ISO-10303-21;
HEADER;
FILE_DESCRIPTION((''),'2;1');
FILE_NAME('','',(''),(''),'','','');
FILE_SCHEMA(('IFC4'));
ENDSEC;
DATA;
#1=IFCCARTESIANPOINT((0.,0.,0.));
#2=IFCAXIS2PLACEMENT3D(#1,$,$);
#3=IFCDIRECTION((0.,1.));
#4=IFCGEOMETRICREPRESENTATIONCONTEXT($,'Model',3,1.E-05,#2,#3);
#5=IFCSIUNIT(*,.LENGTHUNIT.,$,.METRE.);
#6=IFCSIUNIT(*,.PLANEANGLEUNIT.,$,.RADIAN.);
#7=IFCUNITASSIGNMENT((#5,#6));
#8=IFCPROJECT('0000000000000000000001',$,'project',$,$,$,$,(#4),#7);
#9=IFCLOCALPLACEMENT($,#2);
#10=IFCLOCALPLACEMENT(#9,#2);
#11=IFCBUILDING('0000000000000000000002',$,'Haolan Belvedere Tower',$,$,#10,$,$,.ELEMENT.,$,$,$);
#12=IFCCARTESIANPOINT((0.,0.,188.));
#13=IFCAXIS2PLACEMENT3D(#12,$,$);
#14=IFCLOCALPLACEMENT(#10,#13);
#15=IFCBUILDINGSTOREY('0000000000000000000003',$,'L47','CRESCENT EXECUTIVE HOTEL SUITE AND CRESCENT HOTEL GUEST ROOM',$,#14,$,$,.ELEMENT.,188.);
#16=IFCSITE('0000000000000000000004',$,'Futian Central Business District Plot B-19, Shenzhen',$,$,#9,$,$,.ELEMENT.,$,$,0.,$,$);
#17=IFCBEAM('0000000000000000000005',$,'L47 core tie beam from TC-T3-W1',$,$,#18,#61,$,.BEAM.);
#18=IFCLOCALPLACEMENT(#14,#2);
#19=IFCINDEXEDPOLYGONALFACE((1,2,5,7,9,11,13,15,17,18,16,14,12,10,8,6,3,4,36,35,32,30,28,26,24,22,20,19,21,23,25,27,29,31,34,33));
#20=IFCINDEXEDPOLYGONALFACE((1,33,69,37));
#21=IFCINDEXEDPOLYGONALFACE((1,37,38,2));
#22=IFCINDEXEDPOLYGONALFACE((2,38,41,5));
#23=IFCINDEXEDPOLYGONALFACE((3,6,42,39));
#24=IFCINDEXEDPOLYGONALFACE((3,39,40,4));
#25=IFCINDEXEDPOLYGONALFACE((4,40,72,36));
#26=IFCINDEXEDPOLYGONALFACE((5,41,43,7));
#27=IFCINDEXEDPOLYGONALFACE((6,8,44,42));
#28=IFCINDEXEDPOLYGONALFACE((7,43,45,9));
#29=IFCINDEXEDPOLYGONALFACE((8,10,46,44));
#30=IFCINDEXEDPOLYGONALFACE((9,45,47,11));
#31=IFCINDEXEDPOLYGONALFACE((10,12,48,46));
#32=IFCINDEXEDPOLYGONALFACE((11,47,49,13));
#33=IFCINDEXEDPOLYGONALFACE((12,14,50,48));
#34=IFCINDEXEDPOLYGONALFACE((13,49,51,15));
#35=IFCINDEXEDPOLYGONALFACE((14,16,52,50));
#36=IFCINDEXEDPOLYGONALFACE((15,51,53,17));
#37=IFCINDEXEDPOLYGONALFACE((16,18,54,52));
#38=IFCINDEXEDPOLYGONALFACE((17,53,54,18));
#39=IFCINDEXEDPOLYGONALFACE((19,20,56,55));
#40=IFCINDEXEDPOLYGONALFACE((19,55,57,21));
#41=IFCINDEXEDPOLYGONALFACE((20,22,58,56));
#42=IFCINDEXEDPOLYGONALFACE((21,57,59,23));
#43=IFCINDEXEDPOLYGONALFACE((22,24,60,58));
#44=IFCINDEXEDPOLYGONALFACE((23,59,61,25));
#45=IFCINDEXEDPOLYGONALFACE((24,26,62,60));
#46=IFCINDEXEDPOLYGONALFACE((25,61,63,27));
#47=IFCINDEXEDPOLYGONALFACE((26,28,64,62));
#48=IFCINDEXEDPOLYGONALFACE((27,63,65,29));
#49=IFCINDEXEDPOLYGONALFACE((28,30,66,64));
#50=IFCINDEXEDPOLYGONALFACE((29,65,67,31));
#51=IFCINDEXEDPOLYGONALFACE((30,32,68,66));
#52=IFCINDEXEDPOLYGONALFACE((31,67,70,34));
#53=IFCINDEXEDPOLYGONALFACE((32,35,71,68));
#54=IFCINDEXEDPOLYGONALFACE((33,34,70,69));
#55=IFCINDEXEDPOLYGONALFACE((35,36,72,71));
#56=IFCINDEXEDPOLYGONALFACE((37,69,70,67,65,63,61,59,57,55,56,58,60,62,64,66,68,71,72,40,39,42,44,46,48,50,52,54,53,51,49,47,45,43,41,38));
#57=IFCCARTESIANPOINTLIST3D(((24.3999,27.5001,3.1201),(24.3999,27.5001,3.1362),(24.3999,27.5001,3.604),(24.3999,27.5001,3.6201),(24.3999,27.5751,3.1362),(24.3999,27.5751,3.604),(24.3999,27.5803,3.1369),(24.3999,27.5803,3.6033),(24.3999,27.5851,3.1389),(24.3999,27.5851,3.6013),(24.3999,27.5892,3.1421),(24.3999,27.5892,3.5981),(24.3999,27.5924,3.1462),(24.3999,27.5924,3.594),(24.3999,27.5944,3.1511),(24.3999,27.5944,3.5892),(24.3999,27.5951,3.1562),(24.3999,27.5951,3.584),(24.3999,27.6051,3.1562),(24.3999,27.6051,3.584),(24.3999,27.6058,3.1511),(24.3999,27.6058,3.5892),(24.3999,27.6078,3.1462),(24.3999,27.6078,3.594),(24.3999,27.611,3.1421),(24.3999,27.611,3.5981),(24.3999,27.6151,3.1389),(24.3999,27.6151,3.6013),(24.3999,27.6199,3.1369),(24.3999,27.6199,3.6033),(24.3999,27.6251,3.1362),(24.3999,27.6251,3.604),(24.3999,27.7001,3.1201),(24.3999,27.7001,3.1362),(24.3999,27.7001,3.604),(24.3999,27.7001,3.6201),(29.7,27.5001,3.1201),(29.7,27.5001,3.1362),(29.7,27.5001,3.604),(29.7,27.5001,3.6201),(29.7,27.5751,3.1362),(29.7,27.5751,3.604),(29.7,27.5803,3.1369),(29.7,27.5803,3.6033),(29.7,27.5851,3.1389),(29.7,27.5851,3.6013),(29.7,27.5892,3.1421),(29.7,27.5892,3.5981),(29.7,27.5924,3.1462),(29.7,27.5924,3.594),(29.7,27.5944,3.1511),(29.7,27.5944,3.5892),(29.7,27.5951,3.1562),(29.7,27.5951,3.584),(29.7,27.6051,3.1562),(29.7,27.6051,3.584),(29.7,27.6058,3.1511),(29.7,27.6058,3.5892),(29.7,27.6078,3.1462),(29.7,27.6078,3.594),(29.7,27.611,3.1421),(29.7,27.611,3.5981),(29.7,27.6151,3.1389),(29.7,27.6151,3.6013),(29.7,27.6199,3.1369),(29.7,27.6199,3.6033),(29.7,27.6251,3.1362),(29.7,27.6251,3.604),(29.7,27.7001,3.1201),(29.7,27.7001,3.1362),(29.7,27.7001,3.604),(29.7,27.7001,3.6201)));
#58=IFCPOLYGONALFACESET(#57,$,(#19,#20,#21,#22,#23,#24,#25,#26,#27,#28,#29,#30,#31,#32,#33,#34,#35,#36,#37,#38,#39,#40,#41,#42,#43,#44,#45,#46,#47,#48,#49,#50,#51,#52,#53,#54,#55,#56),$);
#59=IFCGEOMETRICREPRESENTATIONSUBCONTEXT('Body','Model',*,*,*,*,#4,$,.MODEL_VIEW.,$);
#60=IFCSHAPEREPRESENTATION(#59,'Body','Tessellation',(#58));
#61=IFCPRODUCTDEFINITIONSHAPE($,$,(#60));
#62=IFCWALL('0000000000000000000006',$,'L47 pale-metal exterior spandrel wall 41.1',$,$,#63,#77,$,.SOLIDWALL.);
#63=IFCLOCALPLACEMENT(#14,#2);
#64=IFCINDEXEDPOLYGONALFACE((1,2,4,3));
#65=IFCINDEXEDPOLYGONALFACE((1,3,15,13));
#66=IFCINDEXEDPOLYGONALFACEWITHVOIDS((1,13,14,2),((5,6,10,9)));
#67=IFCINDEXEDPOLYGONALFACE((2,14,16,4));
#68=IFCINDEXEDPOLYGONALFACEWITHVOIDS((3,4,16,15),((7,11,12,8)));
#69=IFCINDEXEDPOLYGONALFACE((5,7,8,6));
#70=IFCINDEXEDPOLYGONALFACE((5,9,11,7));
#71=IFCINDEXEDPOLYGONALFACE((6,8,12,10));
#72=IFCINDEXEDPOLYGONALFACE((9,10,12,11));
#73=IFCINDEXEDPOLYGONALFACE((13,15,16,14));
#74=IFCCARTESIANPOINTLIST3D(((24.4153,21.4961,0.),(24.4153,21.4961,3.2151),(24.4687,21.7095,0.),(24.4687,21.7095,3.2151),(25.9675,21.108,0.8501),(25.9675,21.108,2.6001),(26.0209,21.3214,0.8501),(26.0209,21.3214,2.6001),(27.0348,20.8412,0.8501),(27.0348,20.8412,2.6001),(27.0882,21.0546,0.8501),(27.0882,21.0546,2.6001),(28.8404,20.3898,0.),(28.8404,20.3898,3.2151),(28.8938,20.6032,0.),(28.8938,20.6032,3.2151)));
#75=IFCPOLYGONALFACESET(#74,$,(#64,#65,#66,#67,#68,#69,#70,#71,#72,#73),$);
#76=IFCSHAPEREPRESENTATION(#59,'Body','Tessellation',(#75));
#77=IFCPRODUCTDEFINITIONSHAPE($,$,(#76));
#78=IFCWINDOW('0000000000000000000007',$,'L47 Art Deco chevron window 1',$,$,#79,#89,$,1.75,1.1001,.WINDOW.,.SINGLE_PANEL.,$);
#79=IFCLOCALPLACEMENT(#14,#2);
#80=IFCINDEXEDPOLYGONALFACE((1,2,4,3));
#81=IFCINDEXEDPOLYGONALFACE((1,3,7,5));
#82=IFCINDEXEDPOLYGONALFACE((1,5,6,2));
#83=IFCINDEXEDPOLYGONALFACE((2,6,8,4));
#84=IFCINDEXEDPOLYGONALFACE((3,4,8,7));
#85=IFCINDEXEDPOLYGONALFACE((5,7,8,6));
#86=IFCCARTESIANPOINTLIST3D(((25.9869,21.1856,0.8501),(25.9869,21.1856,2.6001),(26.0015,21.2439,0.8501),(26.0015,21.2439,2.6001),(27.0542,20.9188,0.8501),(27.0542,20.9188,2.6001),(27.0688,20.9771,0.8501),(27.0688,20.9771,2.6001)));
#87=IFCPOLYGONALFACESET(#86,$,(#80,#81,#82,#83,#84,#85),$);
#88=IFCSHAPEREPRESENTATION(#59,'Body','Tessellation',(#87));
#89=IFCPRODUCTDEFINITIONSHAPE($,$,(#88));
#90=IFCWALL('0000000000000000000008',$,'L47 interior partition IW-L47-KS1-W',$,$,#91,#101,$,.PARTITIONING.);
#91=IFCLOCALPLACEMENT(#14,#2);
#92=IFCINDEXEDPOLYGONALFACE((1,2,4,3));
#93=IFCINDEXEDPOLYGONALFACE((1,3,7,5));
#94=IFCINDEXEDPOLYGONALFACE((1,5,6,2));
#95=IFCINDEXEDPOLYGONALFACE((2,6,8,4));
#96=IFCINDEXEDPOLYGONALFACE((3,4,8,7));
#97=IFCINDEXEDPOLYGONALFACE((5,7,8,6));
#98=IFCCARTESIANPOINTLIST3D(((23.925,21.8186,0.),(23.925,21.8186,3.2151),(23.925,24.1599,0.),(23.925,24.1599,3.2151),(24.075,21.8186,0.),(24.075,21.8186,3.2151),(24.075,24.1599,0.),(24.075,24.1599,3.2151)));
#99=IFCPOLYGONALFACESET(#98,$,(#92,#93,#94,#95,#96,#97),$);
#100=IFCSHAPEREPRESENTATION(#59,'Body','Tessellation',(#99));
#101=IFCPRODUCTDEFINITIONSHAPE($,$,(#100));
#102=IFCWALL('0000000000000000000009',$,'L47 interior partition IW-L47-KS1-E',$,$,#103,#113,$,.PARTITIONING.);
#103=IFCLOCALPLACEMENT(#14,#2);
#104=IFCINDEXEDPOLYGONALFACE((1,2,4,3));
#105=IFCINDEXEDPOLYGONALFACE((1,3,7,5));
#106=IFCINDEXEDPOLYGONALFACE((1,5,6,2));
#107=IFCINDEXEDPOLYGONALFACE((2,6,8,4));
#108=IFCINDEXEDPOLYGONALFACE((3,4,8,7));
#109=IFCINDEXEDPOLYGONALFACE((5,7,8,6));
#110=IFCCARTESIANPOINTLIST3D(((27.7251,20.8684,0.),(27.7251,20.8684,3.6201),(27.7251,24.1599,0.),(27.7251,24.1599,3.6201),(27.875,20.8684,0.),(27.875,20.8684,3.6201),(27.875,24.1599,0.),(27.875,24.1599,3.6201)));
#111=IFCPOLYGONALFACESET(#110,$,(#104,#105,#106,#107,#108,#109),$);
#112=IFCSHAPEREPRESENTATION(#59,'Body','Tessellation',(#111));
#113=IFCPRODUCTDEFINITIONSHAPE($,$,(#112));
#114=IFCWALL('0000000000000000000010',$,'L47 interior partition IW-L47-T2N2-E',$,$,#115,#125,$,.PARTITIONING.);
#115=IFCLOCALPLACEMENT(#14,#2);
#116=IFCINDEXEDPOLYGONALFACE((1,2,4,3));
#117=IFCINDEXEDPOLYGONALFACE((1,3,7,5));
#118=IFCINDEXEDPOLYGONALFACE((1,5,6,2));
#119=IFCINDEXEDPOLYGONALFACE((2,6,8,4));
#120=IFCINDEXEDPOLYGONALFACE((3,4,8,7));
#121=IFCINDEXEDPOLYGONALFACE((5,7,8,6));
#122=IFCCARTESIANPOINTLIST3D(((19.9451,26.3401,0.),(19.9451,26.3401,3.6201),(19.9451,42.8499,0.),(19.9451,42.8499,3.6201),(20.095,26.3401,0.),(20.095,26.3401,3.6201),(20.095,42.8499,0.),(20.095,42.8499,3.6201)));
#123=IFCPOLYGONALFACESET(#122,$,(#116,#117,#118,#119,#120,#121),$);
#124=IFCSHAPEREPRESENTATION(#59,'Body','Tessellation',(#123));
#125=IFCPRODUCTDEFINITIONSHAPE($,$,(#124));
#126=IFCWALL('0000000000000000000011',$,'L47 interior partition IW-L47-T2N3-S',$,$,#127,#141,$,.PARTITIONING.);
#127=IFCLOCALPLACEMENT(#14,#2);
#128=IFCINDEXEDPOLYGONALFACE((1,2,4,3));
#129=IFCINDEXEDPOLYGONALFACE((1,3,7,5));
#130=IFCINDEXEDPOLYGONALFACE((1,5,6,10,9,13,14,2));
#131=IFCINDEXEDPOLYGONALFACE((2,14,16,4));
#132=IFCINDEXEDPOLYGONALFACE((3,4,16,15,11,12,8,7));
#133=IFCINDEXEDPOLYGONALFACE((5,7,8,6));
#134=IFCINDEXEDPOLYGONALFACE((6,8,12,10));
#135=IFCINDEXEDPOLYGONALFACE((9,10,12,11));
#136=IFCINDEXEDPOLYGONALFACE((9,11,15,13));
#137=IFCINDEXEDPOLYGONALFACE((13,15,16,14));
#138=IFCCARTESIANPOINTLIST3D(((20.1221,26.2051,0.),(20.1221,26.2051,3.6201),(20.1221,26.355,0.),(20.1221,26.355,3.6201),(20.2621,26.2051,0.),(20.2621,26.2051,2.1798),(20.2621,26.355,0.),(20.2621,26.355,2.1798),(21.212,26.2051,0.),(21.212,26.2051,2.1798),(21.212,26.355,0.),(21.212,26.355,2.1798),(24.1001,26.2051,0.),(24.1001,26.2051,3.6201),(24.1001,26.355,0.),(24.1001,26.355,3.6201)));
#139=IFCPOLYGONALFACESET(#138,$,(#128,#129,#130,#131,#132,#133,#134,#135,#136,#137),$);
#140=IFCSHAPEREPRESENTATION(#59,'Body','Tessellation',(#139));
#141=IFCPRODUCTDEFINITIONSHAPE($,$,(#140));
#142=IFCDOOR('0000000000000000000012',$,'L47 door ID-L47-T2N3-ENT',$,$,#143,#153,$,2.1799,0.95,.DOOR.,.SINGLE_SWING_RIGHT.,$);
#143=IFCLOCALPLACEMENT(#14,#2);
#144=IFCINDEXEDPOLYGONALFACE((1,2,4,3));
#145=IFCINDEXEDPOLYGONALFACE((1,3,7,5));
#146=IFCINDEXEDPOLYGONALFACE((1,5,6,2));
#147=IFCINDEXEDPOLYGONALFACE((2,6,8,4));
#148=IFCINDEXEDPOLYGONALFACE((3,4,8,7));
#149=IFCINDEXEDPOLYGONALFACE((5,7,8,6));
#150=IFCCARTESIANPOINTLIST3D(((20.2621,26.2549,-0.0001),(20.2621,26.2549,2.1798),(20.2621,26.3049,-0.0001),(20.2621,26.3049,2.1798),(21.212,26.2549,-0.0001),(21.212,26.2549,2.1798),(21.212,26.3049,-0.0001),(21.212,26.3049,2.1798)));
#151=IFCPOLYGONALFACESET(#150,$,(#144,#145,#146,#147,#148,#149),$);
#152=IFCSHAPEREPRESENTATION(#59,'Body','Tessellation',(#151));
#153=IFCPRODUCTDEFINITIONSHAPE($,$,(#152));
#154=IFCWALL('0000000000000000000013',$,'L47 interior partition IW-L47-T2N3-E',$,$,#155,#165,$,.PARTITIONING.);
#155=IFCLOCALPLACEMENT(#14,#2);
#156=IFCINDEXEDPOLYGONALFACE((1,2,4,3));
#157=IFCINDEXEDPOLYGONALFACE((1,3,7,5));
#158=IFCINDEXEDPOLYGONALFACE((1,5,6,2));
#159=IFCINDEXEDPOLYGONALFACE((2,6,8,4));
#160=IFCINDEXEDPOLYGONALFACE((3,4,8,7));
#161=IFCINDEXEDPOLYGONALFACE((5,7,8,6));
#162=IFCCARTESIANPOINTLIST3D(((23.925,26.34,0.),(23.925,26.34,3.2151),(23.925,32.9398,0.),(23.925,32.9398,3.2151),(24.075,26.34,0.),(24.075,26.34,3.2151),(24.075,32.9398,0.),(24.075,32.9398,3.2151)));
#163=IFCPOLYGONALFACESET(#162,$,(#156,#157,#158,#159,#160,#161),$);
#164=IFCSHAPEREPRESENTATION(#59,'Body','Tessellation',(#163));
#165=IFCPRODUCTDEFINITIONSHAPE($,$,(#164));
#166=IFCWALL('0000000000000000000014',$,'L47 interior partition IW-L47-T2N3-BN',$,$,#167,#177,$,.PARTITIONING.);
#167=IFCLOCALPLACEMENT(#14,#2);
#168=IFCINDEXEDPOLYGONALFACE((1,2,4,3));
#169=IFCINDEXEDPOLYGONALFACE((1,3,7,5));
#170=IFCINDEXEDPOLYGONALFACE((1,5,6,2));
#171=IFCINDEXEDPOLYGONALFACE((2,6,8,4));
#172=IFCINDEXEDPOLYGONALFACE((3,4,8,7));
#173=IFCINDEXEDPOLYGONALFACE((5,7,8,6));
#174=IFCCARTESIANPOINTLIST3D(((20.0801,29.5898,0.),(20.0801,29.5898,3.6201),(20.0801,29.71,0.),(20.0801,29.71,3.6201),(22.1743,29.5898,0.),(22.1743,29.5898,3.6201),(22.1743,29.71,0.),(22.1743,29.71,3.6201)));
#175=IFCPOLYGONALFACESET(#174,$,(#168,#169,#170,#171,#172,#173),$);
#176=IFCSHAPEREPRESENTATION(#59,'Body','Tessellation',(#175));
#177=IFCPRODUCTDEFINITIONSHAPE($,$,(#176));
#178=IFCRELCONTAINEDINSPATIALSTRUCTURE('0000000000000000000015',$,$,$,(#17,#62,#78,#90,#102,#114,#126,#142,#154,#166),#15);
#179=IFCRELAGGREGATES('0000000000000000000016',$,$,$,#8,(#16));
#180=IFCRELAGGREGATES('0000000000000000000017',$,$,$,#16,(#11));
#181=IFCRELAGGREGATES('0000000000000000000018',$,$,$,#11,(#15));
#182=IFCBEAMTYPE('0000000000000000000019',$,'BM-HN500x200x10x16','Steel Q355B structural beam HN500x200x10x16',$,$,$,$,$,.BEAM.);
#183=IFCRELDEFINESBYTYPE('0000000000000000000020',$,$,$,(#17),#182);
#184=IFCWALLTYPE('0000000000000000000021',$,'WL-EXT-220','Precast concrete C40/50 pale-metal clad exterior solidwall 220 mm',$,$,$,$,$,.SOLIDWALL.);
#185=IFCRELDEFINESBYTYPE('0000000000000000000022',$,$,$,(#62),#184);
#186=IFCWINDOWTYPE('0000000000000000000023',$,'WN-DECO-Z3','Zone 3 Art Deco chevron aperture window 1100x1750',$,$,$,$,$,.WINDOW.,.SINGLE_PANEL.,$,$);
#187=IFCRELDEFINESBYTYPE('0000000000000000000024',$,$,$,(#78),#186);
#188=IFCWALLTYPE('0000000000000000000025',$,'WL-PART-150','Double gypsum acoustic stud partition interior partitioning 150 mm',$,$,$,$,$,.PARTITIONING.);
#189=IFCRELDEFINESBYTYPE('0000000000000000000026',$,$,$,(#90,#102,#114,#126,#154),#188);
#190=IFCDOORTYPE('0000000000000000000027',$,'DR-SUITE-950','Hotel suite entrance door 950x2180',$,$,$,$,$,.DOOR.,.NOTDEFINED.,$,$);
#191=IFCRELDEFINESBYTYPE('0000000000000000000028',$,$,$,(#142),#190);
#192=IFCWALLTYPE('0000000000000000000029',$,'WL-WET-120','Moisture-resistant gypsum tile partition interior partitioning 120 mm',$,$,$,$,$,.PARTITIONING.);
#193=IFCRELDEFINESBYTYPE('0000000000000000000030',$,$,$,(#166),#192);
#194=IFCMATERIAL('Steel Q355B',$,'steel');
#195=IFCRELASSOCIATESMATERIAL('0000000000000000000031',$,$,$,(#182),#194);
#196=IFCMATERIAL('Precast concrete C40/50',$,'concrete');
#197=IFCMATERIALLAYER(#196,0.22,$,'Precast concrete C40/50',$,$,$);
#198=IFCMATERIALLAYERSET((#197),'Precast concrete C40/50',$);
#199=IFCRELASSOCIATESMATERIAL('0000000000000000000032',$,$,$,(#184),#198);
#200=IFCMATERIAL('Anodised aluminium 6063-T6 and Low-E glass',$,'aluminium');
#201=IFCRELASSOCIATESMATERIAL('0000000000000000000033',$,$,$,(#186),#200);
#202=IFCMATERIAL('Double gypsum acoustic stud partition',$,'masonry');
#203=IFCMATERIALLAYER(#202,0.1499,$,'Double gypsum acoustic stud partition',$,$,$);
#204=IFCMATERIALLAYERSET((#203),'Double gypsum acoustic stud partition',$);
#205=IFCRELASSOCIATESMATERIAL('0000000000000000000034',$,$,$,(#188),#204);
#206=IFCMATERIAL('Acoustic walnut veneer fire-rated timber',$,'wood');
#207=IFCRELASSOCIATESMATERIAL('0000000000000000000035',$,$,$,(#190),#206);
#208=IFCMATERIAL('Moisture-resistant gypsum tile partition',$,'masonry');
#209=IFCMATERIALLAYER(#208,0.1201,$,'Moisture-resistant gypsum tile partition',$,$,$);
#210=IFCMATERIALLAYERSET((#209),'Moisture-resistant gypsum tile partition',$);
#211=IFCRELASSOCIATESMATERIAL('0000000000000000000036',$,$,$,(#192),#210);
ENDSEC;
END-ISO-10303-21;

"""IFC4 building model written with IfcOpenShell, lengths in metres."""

from ifc_helpers import new_model, si_unit, direction, frame, frame_2d, origin, origin_2d, place, context, subcontext, project, spatial, rectangle, i_section, extrude, material, layer, layer_set, material_profile, profile_set, type_object, element, fill, save


model = new_model("IFC4")

# Units and contexts
model_context = context("Model", 3, precision=1e-05, world=origin(), true_north=direction((0.0, 1.0)))
body_context = subcontext(model_context, "Body", "Model", "MODEL_VIEW")
ifc_project = project(units=[si_unit("LENGTHUNIT", "METRE"), si_unit("PLANEANGLEUNIT", "RADIAN")], contexts=[model_context])

# Site, building, storey
site_placement = place(None, origin())
site = spatial("IfcSite", under=ifc_project, at=site_placement, Name="Futian Central Business District Plot B-19, Shenzhen", CompositionType="ELEMENT", RefElevation=0.0)
building_placement = place(site_placement, origin())
building = spatial("IfcBuilding", under=site, at=building_placement, Name="Haolan Belvedere Tower", CompositionType="ELEMENT")
storey_placement = place(building_placement, frame((0.0, 0.0, 188.0)))
storey = spatial("IfcBuildingStorey", under=building, at=storey_placement, Name="L47", Description="CRESCENT EXECUTIVE HOTEL SUITE AND CRESCENT HOTEL GUEST ROOM", CompositionType="ELEMENT", Elevation=188.0)

# Beam
ifc_material_1 = material(Name="Steel Q355B", Category="steel")
ifc_material_profile_1 = material_profile(ifc_material_1, i_section(OverallWidth=0.2, OverallDepth=0.5, WebThickness=0.01, FlangeThickness=0.0161, FilletRadius=0.02, at=origin_2d()), Name="Steel Q355B")
ifc_profile_set_1 = profile_set([ifc_material_profile_1], Name="Steel Q355B")
beam_type_1 = type_object("IfcBeamType", Name="BM-HN500x200x10x16", Description="Steel Q355B structural beam HN500x200x10x16", PredefinedType="BEAM", material=ifc_profile_set_1)
beam_1_placement = place(storey_placement, frame((24.3999, 27.6001, 3.3701), z_axis=(1.0, 0.0, 0.0), x_axis=(0.0, 1.0, 0.0)))
element("IfcBeam", 1, at=beam_1_placement, inside=storey, type_object=beam_type_1, Name="L47 core tie beam from TC-T3-W1", PredefinedType="BEAM", context=body_context, shape_type="SweptSolid", body=[
    extrude(i_section(OverallWidth=0.2, OverallDepth=0.5, WebThickness=0.01, FlangeThickness=0.0161, FilletRadius=0.02, at=origin_2d()), origin(), (0.0, 0.0, 1.0), 5.3),
])

# Wall, opening, window
ifc_material_2 = material(Name="Precast concrete C40/50", Category="concrete")
ifc_layer_1 = layer(ifc_material_2, 0.22, Name="Precast concrete C40/50")
ifc_layer_set_1 = layer_set([ifc_layer_1], Name="Precast concrete C40/50")
wall_type_1 = type_object("IfcWallType", Name="WL-EXT-220", Description="Precast concrete C40/50 pale-metal clad exterior solidwall 220 mm", PredefinedType="SOLIDWALL", material=ifc_layer_set_1)
wall_1_placement = place(storey_placement, frame((24.4419, 21.6028, 0.0), z_axis=(0.0, 0.0, 1.0), x_axis=(0.970146, -0.242523, 0.0)))
wall_1 = element("IfcWall", 2, at=wall_1_placement, inside=storey, type_object=wall_type_1, Name="L47 pale-metal exterior spandrel wall 41.1", PredefinedType="SOLIDWALL", context=body_context, shape_type="SweptSolid", body=[
    extrude(rectangle(XDim=4.5613, YDim=0.22, at=frame_2d((2.2808, 0.0))), origin(), (0.0, 0.0, 1.0), 3.2151),
])
opening_1_placement = place(wall_1_placement, frame((1.6001, 0.0, 0.8501)))
opening_1 = element("IfcOpeningElement", 3, at=opening_1_placement, cuts=wall_1, PredefinedType="OPENING", context=body_context, shape_type="SweptSolid", body=[
    extrude(rectangle(XDim=1.1001, YDim=1.75, at=frame_2d((0.55, 0.875))), frame((0.0, 0.1199, 0.0), z_axis=(0.0, -1.0, 0.0), x_axis=(1.0, 0.0, 0.0)), (0.0, 0.0, 1.0), 0.24),
])
ifc_material_3 = material(Name="Anodised aluminium 6063-T6 and Low-E glass", Category="aluminium")
window_type = type_object("IfcWindowType", Name="WN-DECO-Z3", Description="Zone 3 Art Deco chevron aperture window 1100x1750", PartitioningType="SINGLE_PANEL", PredefinedType="WINDOW", material=ifc_material_3)
window_placement = place(opening_1_placement, origin())
window = element("IfcWindow", 4, at=window_placement, inside=storey, type_object=window_type, Name="L47 Art Deco chevron window 1", OverallHeight=1.75, OverallWidth=1.1001, PartitioningType="SINGLE_PANEL", PredefinedType="WINDOW", context=body_context, shape_type="SweptSolid", body=[
    extrude(rectangle(XDim=1.1001, YDim=1.75, at=frame_2d((0.55, 0.875))), frame((0.0, 0.03, 0.0), z_axis=(0.0, -1.0, 0.0), x_axis=(1.0, 0.0, 0.0)), (0.0, 0.0, 1.0), 0.0601),
])
fill(opening_1, window)

# Shared definitions
ifc_material_4 = material(Name="Double gypsum acoustic stud partition", Category="masonry")
ifc_layer_2 = layer(ifc_material_4, 0.1499, Name="Double gypsum acoustic stud partition")
ifc_layer_set_2 = layer_set([ifc_layer_2], Name="Double gypsum acoustic stud partition")
wall_type_2 = type_object("IfcWallType", Name="WL-PART-150", Description="Double gypsum acoustic stud partition interior partitioning 150 mm", PredefinedType="PARTITIONING", material=ifc_layer_set_2)

# Walls
wall_2_placement = place(storey_placement, frame((24.0, 21.8186, 0.0), z_axis=(0.0, 0.0, 1.0), x_axis=(0.0, 1.0, 0.0)))
element("IfcWall", 5, at=wall_2_placement, inside=storey, type_object=wall_type_2, Name="L47 interior partition IW-L47-KS1-W", PredefinedType="PARTITIONING", context=body_context, shape_type="SweptSolid", body=[
    extrude(rectangle(XDim=2.3413, YDim=0.1499, at=frame_2d((1.1707, 0.0))), origin(), (0.0, 0.0, 1.0), 3.2151),
])
wall_3_placement = place(storey_placement, frame((27.8, 20.8684, 0.0), z_axis=(0.0, 0.0, 1.0), x_axis=(0.0, 1.0, 0.0)))
element("IfcWall", 6, at=wall_3_placement, inside=storey, type_object=wall_type_2, Name="L47 interior partition IW-L47-KS1-E", PredefinedType="PARTITIONING", context=body_context, shape_type="SweptSolid", body=[
    extrude(rectangle(XDim=3.2915, YDim=0.1499, at=frame_2d((1.6458, 0.0))), origin(), (0.0, 0.0, 1.0), 3.6201),
])

# Wall
wall_4_placement = place(storey_placement, frame((20.02, 26.3401, 0.0), z_axis=(0.0, 0.0, 1.0), x_axis=(0.0, 1.0, 0.0)))
element("IfcWall", 7, at=wall_4_placement, inside=storey, type_object=wall_type_2, Name="L47 interior partition IW-L47-T2N2-E", PredefinedType="PARTITIONING", context=body_context, shape_type="SweptSolid", body=[
    extrude(rectangle(XDim=16.5098, YDim=0.1499, at=frame_2d((8.2549, 0.0))), origin(), (0.0, 0.0, 1.0), 3.6201),
])

# Wall, opening, door
wall_5_placement = place(storey_placement, frame((20.1221, 26.28, 0.0), z_axis=(0.0, 0.0, 1.0), x_axis=(1.0, 0.0, 0.0)))
wall_5 = element("IfcWall", 8, at=wall_5_placement, inside=storey, type_object=wall_type_2, Name="L47 interior partition IW-L47-T2N3-S", PredefinedType="PARTITIONING", context=body_context, shape_type="SweptSolid", body=[
    extrude(rectangle(XDim=3.978, YDim=0.1499, at=frame_2d((1.989, 0.0))), origin(), (0.0, 0.0, 1.0), 3.6201),
])
opening_2_placement = place(wall_5_placement, frame((0.1399, 0.0, 0.0)))
opening_2 = element("IfcOpeningElement", 9, at=opening_2_placement, cuts=wall_5, PredefinedType="OPENING", context=body_context, shape_type="SweptSolid", body=[
    extrude(rectangle(XDim=0.95, YDim=2.1799, at=frame_2d((0.4751, 1.0898))), frame((0.0, 0.085, 0.0), z_axis=(0.0, -1.0, 0.0), x_axis=(1.0, 0.0, 0.0)), (0.0, 0.0, 1.0), 0.1699),
])
ifc_material_5 = material(Name="Acoustic walnut veneer fire-rated timber", Category="wood")
door_type_1 = type_object("IfcDoorType", Name="DR-SUITE-950", Description="Hotel suite entrance door 950x2180", OperationType="NOTDEFINED", PredefinedType="DOOR", material=ifc_material_5)
door_1_placement = place(opening_2_placement, origin())
door_1 = element("IfcDoor", 10, at=door_1_placement, inside=storey, type_object=door_type_1, Name="L47 door ID-L47-T2N3-ENT", OperationType="SINGLE_SWING_RIGHT", OverallHeight=2.1799, OverallWidth=0.95, PredefinedType="DOOR", context=body_context, shape_type="SweptSolid", body=[
    extrude(rectangle(XDim=0.95, YDim=2.1799, at=frame_2d((0.4751, 1.0898))), frame((0.0, 0.0249, 0.0), z_axis=(0.0, -1.0, 0.0), x_axis=(1.0, 0.0, 0.0)), (0.0, 0.0, 1.0), 0.05),
])
fill(opening_2, door_1)

# Wall
wall_6_placement = place(storey_placement, frame((24.0, 26.3401, 0.0), z_axis=(0.0, 0.0, 1.0), x_axis=(0.0, 1.0, 0.0)))
element("IfcWall", 11, at=wall_6_placement, inside=storey, type_object=wall_type_2, Name="L47 interior partition IW-L47-T2N3-E", PredefinedType="PARTITIONING", context=body_context, shape_type="SweptSolid", body=[
    extrude(rectangle(XDim=6.5999, YDim=0.1499, at=frame_2d((3.2998, 0.0))), origin(), (0.0, 0.0, 1.0), 3.2151),
])

# Wall
ifc_material_6 = material(Name="Moisture-resistant gypsum tile partition", Category="masonry")
ifc_layer_3 = layer(ifc_material_6, 0.1201, Name="Moisture-resistant gypsum tile partition")
ifc_layer_set_3 = layer_set([ifc_layer_3], Name="Moisture-resistant gypsum tile partition")
wall_type_3 = type_object("IfcWallType", Name="WL-WET-120", Description="Moisture-resistant gypsum tile partition interior partitioning 120 mm", PredefinedType="PARTITIONING", material=ifc_layer_set_3)
wall_7_placement = place(storey_placement, frame((20.0801, 29.6499, 0.0), z_axis=(0.0, 0.0, 1.0), x_axis=(1.0, 0.0, 0.0)))
element("IfcWall", 12, at=wall_7_placement, inside=storey, type_object=wall_type_3, Name="L47 interior partition IW-L47-T2N3-BN", PredefinedType="PARTITIONING", context=body_context, shape_type="SweptSolid", body=[
    extrude(rectangle(XDim=2.0942, YDim=0.1201, at=frame_2d((1.0471, 0.0))), origin(), (0.0, 0.0, 1.0), 3.6201),
])

save(model, "model.ifc")
